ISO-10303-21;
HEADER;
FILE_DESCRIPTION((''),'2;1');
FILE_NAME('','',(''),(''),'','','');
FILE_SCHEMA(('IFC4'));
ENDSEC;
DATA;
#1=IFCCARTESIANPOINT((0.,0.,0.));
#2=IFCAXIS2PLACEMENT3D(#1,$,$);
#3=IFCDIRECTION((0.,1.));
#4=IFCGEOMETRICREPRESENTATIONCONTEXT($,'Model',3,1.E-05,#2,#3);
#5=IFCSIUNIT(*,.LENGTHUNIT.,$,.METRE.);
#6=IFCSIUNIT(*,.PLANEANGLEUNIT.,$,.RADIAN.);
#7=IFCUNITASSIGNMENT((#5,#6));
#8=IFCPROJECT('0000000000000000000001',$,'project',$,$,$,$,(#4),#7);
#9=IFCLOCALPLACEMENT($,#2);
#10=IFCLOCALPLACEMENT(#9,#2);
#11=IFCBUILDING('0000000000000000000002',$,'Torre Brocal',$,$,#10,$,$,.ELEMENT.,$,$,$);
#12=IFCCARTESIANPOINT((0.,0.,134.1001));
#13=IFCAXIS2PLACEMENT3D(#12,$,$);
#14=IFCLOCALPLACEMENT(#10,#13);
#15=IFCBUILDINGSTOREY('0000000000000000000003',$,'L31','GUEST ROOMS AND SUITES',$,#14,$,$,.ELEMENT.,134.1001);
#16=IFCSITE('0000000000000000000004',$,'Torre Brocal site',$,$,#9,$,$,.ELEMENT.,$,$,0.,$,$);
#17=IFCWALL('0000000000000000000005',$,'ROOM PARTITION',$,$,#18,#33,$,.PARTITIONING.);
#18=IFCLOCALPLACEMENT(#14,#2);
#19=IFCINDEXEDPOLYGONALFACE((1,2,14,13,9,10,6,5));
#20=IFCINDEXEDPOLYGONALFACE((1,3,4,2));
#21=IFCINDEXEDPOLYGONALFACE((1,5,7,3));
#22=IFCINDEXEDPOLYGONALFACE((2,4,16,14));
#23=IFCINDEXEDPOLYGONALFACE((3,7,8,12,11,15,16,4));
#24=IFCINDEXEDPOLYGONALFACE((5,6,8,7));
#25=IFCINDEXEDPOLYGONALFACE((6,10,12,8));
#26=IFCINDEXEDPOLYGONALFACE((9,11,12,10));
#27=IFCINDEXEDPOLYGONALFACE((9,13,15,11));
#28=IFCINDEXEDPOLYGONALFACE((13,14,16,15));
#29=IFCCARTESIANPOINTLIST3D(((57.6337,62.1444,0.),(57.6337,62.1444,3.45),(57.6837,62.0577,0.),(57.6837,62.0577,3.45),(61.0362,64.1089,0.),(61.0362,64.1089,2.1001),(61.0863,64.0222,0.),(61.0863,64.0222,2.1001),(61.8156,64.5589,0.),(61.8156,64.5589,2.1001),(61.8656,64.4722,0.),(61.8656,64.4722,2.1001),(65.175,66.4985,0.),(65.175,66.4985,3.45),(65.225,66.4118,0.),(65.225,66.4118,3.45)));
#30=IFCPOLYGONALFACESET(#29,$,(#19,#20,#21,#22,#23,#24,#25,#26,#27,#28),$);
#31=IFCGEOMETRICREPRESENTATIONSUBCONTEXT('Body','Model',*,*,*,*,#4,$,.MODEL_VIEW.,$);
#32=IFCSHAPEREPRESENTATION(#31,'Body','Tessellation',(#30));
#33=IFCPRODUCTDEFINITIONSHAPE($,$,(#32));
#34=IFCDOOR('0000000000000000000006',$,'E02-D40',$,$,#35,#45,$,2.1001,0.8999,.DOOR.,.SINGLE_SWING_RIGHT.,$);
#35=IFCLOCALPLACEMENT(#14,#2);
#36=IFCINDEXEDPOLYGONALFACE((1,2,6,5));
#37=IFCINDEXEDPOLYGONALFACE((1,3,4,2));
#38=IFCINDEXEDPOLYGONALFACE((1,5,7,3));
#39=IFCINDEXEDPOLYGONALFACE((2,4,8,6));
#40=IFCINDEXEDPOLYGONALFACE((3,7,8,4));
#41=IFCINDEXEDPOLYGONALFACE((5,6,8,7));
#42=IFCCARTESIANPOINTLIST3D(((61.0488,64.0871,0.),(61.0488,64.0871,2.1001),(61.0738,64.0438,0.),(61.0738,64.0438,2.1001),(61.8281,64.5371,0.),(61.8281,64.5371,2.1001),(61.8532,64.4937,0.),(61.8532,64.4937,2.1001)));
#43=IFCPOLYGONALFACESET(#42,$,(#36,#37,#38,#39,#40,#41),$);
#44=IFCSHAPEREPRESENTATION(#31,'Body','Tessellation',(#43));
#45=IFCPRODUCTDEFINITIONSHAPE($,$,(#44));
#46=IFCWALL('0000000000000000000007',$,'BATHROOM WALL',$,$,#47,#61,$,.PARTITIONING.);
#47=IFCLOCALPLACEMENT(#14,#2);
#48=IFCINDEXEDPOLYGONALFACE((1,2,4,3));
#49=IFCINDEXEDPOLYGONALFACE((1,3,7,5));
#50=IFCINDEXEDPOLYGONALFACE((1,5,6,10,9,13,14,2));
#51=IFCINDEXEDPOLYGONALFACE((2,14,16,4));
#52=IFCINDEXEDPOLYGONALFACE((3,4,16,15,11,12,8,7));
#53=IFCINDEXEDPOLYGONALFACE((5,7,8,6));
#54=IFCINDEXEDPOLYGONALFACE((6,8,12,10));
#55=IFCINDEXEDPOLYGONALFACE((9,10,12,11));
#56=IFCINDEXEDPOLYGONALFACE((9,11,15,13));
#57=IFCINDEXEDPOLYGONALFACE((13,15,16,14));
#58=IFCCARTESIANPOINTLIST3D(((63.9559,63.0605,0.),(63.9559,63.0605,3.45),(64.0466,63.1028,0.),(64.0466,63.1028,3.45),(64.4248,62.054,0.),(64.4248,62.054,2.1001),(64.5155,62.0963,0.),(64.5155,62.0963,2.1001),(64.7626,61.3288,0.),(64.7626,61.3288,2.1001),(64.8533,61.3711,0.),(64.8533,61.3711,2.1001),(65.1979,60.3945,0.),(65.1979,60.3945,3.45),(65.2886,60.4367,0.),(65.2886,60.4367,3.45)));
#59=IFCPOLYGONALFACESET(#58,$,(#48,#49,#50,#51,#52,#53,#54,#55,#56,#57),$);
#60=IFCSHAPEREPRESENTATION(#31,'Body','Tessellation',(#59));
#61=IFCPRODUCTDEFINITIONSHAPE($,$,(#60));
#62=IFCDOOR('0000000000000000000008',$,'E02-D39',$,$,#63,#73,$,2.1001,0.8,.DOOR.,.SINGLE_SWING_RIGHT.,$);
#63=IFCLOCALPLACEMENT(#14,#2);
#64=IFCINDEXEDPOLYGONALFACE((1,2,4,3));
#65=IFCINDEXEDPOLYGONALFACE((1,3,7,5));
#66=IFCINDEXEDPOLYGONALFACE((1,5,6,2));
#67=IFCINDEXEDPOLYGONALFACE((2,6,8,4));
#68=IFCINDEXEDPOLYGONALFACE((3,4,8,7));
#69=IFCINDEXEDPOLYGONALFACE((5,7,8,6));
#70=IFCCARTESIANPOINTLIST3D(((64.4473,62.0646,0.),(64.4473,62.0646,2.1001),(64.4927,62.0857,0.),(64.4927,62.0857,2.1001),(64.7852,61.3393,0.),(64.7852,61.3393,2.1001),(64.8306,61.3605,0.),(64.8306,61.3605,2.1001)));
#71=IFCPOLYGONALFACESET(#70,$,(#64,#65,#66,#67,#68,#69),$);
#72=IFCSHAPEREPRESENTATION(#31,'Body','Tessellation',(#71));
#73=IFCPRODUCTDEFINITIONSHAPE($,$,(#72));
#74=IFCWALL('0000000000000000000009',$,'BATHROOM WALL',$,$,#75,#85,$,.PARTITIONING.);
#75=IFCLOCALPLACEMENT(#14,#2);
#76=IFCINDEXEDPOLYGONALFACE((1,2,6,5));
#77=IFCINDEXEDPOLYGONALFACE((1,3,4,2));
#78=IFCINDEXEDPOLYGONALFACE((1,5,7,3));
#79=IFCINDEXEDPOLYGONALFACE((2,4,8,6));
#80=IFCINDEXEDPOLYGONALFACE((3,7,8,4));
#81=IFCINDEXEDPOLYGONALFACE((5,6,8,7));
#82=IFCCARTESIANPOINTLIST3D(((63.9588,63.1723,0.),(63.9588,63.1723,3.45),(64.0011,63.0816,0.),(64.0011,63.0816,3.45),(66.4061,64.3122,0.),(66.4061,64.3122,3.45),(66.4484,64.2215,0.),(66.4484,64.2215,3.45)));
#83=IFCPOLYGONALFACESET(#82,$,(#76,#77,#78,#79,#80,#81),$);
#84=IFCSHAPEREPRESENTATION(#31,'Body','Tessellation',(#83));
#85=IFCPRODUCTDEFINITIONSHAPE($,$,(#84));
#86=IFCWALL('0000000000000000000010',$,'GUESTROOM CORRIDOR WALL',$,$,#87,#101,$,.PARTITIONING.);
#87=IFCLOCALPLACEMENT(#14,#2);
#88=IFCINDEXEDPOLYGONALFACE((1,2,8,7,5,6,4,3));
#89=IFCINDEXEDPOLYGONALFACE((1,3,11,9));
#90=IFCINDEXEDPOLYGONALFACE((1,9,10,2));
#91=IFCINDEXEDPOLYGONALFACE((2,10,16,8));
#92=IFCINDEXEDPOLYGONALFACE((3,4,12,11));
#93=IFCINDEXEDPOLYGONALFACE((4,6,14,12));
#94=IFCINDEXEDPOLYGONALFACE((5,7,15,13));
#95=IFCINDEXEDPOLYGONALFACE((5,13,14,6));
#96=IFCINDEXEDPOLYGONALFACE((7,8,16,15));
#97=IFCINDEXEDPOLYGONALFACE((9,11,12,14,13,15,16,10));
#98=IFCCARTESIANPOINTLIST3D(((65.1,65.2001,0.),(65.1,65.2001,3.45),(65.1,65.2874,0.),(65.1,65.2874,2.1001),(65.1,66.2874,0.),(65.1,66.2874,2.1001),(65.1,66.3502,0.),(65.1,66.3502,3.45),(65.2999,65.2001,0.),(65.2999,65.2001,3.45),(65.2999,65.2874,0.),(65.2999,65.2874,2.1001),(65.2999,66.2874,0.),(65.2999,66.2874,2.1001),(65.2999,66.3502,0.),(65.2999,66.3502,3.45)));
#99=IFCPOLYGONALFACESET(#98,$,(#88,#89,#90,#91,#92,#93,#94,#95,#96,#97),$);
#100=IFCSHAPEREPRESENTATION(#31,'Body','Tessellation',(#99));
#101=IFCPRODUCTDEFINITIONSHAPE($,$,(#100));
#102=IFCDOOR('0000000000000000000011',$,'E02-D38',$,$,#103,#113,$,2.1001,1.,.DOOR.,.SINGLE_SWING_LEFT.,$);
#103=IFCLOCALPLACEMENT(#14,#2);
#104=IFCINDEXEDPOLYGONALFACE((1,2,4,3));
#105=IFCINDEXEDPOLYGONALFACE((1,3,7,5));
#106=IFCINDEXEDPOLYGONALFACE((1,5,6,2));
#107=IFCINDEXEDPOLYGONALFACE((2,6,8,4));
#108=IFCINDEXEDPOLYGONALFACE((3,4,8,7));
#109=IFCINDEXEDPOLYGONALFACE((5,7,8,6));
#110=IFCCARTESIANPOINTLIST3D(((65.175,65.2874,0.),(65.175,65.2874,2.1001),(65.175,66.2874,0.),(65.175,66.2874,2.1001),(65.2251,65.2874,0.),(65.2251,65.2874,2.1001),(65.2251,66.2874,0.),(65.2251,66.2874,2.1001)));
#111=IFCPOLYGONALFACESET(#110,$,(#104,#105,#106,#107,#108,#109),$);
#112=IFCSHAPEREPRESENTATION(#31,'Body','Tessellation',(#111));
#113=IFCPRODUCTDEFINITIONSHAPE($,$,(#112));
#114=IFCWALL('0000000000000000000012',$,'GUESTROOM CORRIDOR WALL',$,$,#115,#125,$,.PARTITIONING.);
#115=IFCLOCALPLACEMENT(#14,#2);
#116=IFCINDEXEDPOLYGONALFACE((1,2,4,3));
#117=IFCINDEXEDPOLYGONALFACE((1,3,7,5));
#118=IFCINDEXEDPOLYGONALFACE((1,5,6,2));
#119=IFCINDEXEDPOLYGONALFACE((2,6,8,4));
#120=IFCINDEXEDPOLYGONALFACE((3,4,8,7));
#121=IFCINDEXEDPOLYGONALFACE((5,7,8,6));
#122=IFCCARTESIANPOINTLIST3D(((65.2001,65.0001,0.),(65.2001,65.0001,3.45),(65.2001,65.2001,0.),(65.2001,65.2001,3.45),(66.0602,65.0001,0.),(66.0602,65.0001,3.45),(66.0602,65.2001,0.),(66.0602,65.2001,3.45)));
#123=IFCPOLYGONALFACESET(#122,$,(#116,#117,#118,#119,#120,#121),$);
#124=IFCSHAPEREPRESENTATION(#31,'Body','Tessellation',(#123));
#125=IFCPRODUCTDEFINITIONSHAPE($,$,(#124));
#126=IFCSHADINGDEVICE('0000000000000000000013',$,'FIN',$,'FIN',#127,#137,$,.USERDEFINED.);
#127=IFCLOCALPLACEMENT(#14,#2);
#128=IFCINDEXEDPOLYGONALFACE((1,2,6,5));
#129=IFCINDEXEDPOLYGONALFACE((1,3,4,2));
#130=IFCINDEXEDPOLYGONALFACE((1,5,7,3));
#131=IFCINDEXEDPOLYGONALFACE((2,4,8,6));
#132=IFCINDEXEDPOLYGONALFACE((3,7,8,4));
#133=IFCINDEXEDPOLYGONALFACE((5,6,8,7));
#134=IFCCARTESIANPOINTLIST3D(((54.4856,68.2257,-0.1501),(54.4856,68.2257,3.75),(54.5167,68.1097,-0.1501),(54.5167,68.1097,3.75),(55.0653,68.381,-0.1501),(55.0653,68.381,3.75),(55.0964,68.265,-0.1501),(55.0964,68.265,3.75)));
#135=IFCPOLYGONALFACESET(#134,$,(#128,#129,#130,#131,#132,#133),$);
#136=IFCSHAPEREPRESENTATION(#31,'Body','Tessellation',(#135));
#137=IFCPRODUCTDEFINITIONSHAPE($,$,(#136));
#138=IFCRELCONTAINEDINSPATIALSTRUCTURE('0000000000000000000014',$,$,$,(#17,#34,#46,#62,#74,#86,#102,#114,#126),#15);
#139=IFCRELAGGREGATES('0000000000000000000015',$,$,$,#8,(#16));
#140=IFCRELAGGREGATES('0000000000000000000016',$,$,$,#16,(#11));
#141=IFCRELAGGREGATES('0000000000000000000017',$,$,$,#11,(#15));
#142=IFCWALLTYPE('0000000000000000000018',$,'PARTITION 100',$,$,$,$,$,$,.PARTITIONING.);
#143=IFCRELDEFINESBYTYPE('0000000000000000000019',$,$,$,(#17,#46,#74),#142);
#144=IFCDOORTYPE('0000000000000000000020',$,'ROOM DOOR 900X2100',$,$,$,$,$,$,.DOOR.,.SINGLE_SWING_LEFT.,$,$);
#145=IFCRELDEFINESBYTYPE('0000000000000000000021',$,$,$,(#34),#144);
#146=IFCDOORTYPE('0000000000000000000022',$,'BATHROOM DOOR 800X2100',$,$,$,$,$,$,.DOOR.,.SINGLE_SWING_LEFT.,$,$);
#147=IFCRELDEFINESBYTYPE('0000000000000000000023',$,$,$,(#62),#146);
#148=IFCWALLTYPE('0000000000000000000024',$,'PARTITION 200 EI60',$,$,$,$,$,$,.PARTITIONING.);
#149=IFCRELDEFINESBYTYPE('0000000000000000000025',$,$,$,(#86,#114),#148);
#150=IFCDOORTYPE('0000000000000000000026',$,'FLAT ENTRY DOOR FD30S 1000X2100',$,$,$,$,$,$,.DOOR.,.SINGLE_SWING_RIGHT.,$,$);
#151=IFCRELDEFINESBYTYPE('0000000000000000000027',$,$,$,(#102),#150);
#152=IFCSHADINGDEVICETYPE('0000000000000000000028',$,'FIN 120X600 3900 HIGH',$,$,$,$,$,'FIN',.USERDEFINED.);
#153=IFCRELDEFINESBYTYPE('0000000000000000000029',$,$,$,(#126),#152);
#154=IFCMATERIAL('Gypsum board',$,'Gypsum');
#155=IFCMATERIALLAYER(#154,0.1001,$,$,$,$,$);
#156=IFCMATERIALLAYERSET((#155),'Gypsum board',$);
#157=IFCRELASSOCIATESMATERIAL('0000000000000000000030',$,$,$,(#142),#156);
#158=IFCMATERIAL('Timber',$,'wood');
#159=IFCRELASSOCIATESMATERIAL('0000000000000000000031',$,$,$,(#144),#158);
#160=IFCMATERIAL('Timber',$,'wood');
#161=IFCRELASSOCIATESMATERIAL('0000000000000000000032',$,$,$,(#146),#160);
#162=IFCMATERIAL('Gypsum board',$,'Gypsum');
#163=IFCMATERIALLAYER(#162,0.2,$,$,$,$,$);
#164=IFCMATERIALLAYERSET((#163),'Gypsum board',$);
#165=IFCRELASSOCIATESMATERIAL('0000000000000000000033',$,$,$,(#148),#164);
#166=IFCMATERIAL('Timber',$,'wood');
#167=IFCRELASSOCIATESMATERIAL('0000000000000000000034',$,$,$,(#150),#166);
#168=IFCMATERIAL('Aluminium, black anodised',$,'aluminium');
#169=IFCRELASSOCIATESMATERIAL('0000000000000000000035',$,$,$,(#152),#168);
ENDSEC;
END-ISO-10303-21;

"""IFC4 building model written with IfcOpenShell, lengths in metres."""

from ifc_helpers import new_model, si_unit, direction, frame, frame_2d, origin, origin_2d, place, context, subcontext, project, spatial, rectangle, extrude, material, layer, layer_set, material_profile, profile_set, type_object, element, fill, save


model = new_model("IFC4")

# Units and contexts
model_context = context("Model", 3, precision=1e-05, world=origin(), true_north=direction((0.0, 1.0)))
body_context = subcontext(model_context, "Body", "Model", "MODEL_VIEW")
ifc_project = project(units=[si_unit("LENGTHUNIT", "METRE"), si_unit("PLANEANGLEUNIT", "RADIAN")], contexts=[model_context])

# Site, building, storey
site_placement = place(None, origin())
site = spatial("IfcSite", under=ifc_project, at=site_placement, Name="Torre Brocal site", CompositionType="ELEMENT", RefElevation=0.0)
building_placement = place(site_placement, origin())
building = spatial("IfcBuilding", under=site, at=building_placement, Name="Torre Brocal", CompositionType="ELEMENT")
storey_placement = place(building_placement, frame((0.0, 0.0, 134.1001)))
storey = spatial("IfcBuildingStorey", under=building, at=storey_placement, Name="L31", Description="GUEST ROOMS AND SUITES", CompositionType="ELEMENT", Elevation=134.1001)

# Walls, openings, doors
ifc_material_1 = material(Name="Gypsum board", Category="Gypsum")
ifc_layer_1 = layer(ifc_material_1, 0.1001)
ifc_layer_set_1 = layer_set([ifc_layer_1], Name="Gypsum board")
wall_type_1 = type_object("IfcWallType", Name="PARTITION 100", PredefinedType="PARTITIONING", material=ifc_layer_set_1)
wall_1_placement = place(storey_placement, frame((57.6587, 62.1011, 0.0), z_axis=(0.0, 0.0, 1.0), x_axis=(0.866023, 0.500005, 0.0)))
wall_1 = element("IfcWall", 1, at=wall_1_placement, inside=storey, type_object=wall_type_1, Name="ROOM PARTITION", PredefinedType="PARTITIONING", context=body_context, shape_type="SweptSolid", body=[
    extrude(rectangle(XDim=8.708, YDim=0.1001, at=frame_2d((4.354, 0.0))), origin(), (0.0, 0.0, 1.0), 3.45),
])
opening_1_placement = place(wall_1_placement, frame((3.929, 0.0, 0.0)))
opening_1 = element("IfcOpeningElement", 2, at=opening_1_placement, cuts=wall_1, PredefinedType="OPENING", context=body_context, shape_type="SweptSolid", body=[
    extrude(rectangle(XDim=0.8999, YDim=2.1001, at=frame_2d((0.45, 1.05))), frame((0.0, 0.0601, 0.0), z_axis=(0.0, -1.0, 0.0), x_axis=(1.0, 0.0, 0.0)), (0.0, 0.0, 1.0), 0.1201),
])
ifc_material_2 = material(Name="Timber", Category="wood")
door_type_1 = type_object("IfcDoorType", Name="ROOM DOOR 900X2100", OperationType="SINGLE_SWING_LEFT", PredefinedType="DOOR", material=ifc_material_2)
door_1_placement = place(opening_1_placement, origin())
door_1 = element("IfcDoor", 3, at=door_1_placement, inside=storey, type_object=door_type_1, Name="E02-D40", OperationType="SINGLE_SWING_RIGHT", OverallHeight=2.1001, OverallWidth=0.8999, PredefinedType="DOOR", context=body_context, shape_type="SweptSolid", body=[
    extrude(rectangle(XDim=0.8999, YDim=2.1001, at=frame_2d((0.45, 1.05))), frame((0.0, 0.0249, 0.0), z_axis=(0.0, -1.0, 0.0), x_axis=(1.0, 0.0, 0.0)), (0.0, 0.0, 1.0), 0.05),
])
fill(opening_1, door_1)
wall_2_placement = place(storey_placement, frame((64.0012, 63.0818, 0.0), z_axis=(0.0, 0.0, 1.0), x_axis=(0.422272, -0.906469, 0.0)))
wall_2 = element("IfcWall", 4, at=wall_2_placement, inside=storey, type_object=wall_type_1, Name="BATHROOM WALL", PredefinedType="PARTITIONING", context=body_context, shape_type="SweptSolid", body=[
    extrude(rectangle(XDim=2.9412, YDim=0.1001, at=frame_2d((1.4707, 0.0))), origin(), (0.0, 0.0, 1.0), 3.45),
])
opening_2_placement = place(wall_2_placement, frame((1.1106, 0.0, 0.0)))
opening_2 = element("IfcOpeningElement", 5, at=opening_2_placement, cuts=wall_2, PredefinedType="OPENING", context=body_context, shape_type="SweptSolid", body=[
    extrude(rectangle(XDim=0.8, YDim=2.1001, at=frame_2d((0.3999, 1.05))), frame((0.0, 0.0601, 0.0), z_axis=(0.0, -1.0, 0.0), x_axis=(1.0, 0.0, 0.0)), (0.0, 0.0, 1.0), 0.1201),
])
ifc_material_3 = material(Name="Timber", Category="wood")
door_type_2 = type_object("IfcDoorType", Name="BATHROOM DOOR 800X2100", OperationType="SINGLE_SWING_LEFT", PredefinedType="DOOR", material=ifc_material_3)
door_2_placement = place(opening_2_placement, origin())
door_2 = element("IfcDoor", 6, at=door_2_placement, inside=storey, type_object=door_type_2, Name="E02-D39", OperationType="SINGLE_SWING_RIGHT", OverallHeight=2.1001, OverallWidth=0.8, PredefinedType="DOOR", context=body_context, shape_type="SweptSolid", body=[
    extrude(rectangle(XDim=0.8, YDim=2.1001, at=frame_2d((0.3999, 1.05))), frame((0.0, 0.0249, 0.0), z_axis=(0.0, -1.0, 0.0), x_axis=(1.0, 0.0, 0.0)), (0.0, 0.0, 1.0), 0.05),
])
fill(opening_2, door_2)

# Wall
wall_3_placement = place(storey_placement, frame((63.98, 63.127, 0.0), z_axis=(0.0, 0.0, 1.0), x_axis=(0.90649, 0.422227, 0.0)))
element("IfcWall", 7, at=wall_3_placement, inside=storey, type_object=wall_type_1, Name="BATHROOM WALL", PredefinedType="PARTITIONING", context=body_context, shape_type="SweptSolid", body=[
    extrude(rectangle(XDim=2.6997, YDim=0.1001, at=frame_2d((1.3499, 0.0))), origin(), (0.0, 0.0, 1.0), 3.45),
])

# Wall, opening, door
ifc_material_4 = material(Name="Gypsum board", Category="Gypsum")
ifc_layer_2 = layer(ifc_material_4, 0.2)
ifc_layer_set_2 = layer_set([ifc_layer_2], Name="Gypsum board")
wall_type_2 = type_object("IfcWallType", Name="PARTITION 200 EI60", PredefinedType="PARTITIONING", material=ifc_layer_set_2)
wall_4_placement = place(storey_placement, frame((65.2, 65.2, 0.0), z_axis=(0.0, 0.0, 1.0), x_axis=(0.0, 1.0, 0.0)))
wall_4 = element("IfcWall", 8, at=wall_4_placement, inside=storey, type_object=wall_type_2, Name="GUESTROOM CORRIDOR WALL", PredefinedType="PARTITIONING", context=body_context, shape_type="SweptSolid", body=[
    extrude(rectangle(XDim=1.1501, YDim=0.2, at=frame_2d((0.5752, 0.0))), origin(), (0.0, 0.0, 1.0), 3.45),
])
opening_3_placement = place(wall_4_placement, frame((0.0874, 0.0, 0.0)))
opening_3 = element("IfcOpeningElement", 9, at=opening_3_placement, cuts=wall_4, PredefinedType="OPENING", context=body_context, shape_type="SweptSolid", body=[
    extrude(rectangle(XDim=1.0, YDim=2.1001, at=frame_2d((0.5, 1.05))), frame((0.0, 0.1099, 0.0), z_axis=(0.0, -1.0, 0.0), x_axis=(1.0, 0.0, 0.0)), (0.0, 0.0, 1.0), 0.22),
])
ifc_material_5 = material(Name="Timber", Category="wood")
door_type_3 = type_object("IfcDoorType", Name="FLAT ENTRY DOOR FD30S 1000X2100", OperationType="SINGLE_SWING_RIGHT", PredefinedType="DOOR", material=ifc_material_5)
door_3_placement = place(opening_3_placement, origin())
door_3 = element("IfcDoor", 10, at=door_3_placement, inside=storey, type_object=door_type_3, Name="E02-D38", OperationType="SINGLE_SWING_LEFT", OverallHeight=2.1001, OverallWidth=1.0, PredefinedType="DOOR", context=body_context, shape_type="SweptSolid", body=[
    extrude(rectangle(XDim=1.0, YDim=2.1001, at=frame_2d((0.5, 1.05))), frame((0.0, 0.0249, 0.0), z_axis=(0.0, -1.0, 0.0), x_axis=(1.0, 0.0, 0.0)), (0.0, 0.0, 1.0), 0.05),
])
fill(opening_3, door_3)

# Wall
wall_5_placement = place(storey_placement, frame((65.2, 65.1001, 0.0), z_axis=(0.0, 0.0, 1.0), x_axis=(1.0, 0.0, 0.0)))
element("IfcWall", 11, at=wall_5_placement, inside=storey, type_object=wall_type_2, Name="GUESTROOM CORRIDOR WALL", PredefinedType="PARTITIONING", context=body_context, shape_type="SweptSolid", body=[
    extrude(rectangle(XDim=0.8601, YDim=0.2, at=frame_2d((0.4302, 0.0))), origin(), (0.0, 0.0, 1.0), 3.45),
])

# Shading device
ifc_material_6 = material(Name="Aluminium, black anodised", Category="aluminium")
ifc_material_profile_1 = material_profile(ifc_material_6, rectangle(XDim=0.1201, YDim=0.6001, at=origin_2d()), Name="FIN 120X600 3900 HIGH")
ifc_profile_set_1 = profile_set([ifc_material_profile_1], Name="Aluminium, black anodised")
shading_device_type = type_object("IfcShadingDeviceType", Name="FIN 120X600 3900 HIGH", ElementType="FIN", PredefinedType="USERDEFINED", material=ifc_profile_set_1)
shading_device_placement = place(storey_placement, frame((54.791, 68.2454, -0.1501), z_axis=(0.0, 0.0, 1.0), x_axis=(0.258819, -0.965926, 0.0)))
element("IfcShadingDevice", 12, at=shading_device_placement, inside=storey, type_object=shading_device_type, Name="FIN", ObjectType="FIN", PredefinedType="USERDEFINED", context=body_context, shape_type="SweptSolid", body=[
    extrude(rectangle(XDim=0.1201, YDim=0.6001, at=origin_2d()), origin(), (0.0, 0.0, 1.0), 3.9001),
])

save(model, "model.ifc")
